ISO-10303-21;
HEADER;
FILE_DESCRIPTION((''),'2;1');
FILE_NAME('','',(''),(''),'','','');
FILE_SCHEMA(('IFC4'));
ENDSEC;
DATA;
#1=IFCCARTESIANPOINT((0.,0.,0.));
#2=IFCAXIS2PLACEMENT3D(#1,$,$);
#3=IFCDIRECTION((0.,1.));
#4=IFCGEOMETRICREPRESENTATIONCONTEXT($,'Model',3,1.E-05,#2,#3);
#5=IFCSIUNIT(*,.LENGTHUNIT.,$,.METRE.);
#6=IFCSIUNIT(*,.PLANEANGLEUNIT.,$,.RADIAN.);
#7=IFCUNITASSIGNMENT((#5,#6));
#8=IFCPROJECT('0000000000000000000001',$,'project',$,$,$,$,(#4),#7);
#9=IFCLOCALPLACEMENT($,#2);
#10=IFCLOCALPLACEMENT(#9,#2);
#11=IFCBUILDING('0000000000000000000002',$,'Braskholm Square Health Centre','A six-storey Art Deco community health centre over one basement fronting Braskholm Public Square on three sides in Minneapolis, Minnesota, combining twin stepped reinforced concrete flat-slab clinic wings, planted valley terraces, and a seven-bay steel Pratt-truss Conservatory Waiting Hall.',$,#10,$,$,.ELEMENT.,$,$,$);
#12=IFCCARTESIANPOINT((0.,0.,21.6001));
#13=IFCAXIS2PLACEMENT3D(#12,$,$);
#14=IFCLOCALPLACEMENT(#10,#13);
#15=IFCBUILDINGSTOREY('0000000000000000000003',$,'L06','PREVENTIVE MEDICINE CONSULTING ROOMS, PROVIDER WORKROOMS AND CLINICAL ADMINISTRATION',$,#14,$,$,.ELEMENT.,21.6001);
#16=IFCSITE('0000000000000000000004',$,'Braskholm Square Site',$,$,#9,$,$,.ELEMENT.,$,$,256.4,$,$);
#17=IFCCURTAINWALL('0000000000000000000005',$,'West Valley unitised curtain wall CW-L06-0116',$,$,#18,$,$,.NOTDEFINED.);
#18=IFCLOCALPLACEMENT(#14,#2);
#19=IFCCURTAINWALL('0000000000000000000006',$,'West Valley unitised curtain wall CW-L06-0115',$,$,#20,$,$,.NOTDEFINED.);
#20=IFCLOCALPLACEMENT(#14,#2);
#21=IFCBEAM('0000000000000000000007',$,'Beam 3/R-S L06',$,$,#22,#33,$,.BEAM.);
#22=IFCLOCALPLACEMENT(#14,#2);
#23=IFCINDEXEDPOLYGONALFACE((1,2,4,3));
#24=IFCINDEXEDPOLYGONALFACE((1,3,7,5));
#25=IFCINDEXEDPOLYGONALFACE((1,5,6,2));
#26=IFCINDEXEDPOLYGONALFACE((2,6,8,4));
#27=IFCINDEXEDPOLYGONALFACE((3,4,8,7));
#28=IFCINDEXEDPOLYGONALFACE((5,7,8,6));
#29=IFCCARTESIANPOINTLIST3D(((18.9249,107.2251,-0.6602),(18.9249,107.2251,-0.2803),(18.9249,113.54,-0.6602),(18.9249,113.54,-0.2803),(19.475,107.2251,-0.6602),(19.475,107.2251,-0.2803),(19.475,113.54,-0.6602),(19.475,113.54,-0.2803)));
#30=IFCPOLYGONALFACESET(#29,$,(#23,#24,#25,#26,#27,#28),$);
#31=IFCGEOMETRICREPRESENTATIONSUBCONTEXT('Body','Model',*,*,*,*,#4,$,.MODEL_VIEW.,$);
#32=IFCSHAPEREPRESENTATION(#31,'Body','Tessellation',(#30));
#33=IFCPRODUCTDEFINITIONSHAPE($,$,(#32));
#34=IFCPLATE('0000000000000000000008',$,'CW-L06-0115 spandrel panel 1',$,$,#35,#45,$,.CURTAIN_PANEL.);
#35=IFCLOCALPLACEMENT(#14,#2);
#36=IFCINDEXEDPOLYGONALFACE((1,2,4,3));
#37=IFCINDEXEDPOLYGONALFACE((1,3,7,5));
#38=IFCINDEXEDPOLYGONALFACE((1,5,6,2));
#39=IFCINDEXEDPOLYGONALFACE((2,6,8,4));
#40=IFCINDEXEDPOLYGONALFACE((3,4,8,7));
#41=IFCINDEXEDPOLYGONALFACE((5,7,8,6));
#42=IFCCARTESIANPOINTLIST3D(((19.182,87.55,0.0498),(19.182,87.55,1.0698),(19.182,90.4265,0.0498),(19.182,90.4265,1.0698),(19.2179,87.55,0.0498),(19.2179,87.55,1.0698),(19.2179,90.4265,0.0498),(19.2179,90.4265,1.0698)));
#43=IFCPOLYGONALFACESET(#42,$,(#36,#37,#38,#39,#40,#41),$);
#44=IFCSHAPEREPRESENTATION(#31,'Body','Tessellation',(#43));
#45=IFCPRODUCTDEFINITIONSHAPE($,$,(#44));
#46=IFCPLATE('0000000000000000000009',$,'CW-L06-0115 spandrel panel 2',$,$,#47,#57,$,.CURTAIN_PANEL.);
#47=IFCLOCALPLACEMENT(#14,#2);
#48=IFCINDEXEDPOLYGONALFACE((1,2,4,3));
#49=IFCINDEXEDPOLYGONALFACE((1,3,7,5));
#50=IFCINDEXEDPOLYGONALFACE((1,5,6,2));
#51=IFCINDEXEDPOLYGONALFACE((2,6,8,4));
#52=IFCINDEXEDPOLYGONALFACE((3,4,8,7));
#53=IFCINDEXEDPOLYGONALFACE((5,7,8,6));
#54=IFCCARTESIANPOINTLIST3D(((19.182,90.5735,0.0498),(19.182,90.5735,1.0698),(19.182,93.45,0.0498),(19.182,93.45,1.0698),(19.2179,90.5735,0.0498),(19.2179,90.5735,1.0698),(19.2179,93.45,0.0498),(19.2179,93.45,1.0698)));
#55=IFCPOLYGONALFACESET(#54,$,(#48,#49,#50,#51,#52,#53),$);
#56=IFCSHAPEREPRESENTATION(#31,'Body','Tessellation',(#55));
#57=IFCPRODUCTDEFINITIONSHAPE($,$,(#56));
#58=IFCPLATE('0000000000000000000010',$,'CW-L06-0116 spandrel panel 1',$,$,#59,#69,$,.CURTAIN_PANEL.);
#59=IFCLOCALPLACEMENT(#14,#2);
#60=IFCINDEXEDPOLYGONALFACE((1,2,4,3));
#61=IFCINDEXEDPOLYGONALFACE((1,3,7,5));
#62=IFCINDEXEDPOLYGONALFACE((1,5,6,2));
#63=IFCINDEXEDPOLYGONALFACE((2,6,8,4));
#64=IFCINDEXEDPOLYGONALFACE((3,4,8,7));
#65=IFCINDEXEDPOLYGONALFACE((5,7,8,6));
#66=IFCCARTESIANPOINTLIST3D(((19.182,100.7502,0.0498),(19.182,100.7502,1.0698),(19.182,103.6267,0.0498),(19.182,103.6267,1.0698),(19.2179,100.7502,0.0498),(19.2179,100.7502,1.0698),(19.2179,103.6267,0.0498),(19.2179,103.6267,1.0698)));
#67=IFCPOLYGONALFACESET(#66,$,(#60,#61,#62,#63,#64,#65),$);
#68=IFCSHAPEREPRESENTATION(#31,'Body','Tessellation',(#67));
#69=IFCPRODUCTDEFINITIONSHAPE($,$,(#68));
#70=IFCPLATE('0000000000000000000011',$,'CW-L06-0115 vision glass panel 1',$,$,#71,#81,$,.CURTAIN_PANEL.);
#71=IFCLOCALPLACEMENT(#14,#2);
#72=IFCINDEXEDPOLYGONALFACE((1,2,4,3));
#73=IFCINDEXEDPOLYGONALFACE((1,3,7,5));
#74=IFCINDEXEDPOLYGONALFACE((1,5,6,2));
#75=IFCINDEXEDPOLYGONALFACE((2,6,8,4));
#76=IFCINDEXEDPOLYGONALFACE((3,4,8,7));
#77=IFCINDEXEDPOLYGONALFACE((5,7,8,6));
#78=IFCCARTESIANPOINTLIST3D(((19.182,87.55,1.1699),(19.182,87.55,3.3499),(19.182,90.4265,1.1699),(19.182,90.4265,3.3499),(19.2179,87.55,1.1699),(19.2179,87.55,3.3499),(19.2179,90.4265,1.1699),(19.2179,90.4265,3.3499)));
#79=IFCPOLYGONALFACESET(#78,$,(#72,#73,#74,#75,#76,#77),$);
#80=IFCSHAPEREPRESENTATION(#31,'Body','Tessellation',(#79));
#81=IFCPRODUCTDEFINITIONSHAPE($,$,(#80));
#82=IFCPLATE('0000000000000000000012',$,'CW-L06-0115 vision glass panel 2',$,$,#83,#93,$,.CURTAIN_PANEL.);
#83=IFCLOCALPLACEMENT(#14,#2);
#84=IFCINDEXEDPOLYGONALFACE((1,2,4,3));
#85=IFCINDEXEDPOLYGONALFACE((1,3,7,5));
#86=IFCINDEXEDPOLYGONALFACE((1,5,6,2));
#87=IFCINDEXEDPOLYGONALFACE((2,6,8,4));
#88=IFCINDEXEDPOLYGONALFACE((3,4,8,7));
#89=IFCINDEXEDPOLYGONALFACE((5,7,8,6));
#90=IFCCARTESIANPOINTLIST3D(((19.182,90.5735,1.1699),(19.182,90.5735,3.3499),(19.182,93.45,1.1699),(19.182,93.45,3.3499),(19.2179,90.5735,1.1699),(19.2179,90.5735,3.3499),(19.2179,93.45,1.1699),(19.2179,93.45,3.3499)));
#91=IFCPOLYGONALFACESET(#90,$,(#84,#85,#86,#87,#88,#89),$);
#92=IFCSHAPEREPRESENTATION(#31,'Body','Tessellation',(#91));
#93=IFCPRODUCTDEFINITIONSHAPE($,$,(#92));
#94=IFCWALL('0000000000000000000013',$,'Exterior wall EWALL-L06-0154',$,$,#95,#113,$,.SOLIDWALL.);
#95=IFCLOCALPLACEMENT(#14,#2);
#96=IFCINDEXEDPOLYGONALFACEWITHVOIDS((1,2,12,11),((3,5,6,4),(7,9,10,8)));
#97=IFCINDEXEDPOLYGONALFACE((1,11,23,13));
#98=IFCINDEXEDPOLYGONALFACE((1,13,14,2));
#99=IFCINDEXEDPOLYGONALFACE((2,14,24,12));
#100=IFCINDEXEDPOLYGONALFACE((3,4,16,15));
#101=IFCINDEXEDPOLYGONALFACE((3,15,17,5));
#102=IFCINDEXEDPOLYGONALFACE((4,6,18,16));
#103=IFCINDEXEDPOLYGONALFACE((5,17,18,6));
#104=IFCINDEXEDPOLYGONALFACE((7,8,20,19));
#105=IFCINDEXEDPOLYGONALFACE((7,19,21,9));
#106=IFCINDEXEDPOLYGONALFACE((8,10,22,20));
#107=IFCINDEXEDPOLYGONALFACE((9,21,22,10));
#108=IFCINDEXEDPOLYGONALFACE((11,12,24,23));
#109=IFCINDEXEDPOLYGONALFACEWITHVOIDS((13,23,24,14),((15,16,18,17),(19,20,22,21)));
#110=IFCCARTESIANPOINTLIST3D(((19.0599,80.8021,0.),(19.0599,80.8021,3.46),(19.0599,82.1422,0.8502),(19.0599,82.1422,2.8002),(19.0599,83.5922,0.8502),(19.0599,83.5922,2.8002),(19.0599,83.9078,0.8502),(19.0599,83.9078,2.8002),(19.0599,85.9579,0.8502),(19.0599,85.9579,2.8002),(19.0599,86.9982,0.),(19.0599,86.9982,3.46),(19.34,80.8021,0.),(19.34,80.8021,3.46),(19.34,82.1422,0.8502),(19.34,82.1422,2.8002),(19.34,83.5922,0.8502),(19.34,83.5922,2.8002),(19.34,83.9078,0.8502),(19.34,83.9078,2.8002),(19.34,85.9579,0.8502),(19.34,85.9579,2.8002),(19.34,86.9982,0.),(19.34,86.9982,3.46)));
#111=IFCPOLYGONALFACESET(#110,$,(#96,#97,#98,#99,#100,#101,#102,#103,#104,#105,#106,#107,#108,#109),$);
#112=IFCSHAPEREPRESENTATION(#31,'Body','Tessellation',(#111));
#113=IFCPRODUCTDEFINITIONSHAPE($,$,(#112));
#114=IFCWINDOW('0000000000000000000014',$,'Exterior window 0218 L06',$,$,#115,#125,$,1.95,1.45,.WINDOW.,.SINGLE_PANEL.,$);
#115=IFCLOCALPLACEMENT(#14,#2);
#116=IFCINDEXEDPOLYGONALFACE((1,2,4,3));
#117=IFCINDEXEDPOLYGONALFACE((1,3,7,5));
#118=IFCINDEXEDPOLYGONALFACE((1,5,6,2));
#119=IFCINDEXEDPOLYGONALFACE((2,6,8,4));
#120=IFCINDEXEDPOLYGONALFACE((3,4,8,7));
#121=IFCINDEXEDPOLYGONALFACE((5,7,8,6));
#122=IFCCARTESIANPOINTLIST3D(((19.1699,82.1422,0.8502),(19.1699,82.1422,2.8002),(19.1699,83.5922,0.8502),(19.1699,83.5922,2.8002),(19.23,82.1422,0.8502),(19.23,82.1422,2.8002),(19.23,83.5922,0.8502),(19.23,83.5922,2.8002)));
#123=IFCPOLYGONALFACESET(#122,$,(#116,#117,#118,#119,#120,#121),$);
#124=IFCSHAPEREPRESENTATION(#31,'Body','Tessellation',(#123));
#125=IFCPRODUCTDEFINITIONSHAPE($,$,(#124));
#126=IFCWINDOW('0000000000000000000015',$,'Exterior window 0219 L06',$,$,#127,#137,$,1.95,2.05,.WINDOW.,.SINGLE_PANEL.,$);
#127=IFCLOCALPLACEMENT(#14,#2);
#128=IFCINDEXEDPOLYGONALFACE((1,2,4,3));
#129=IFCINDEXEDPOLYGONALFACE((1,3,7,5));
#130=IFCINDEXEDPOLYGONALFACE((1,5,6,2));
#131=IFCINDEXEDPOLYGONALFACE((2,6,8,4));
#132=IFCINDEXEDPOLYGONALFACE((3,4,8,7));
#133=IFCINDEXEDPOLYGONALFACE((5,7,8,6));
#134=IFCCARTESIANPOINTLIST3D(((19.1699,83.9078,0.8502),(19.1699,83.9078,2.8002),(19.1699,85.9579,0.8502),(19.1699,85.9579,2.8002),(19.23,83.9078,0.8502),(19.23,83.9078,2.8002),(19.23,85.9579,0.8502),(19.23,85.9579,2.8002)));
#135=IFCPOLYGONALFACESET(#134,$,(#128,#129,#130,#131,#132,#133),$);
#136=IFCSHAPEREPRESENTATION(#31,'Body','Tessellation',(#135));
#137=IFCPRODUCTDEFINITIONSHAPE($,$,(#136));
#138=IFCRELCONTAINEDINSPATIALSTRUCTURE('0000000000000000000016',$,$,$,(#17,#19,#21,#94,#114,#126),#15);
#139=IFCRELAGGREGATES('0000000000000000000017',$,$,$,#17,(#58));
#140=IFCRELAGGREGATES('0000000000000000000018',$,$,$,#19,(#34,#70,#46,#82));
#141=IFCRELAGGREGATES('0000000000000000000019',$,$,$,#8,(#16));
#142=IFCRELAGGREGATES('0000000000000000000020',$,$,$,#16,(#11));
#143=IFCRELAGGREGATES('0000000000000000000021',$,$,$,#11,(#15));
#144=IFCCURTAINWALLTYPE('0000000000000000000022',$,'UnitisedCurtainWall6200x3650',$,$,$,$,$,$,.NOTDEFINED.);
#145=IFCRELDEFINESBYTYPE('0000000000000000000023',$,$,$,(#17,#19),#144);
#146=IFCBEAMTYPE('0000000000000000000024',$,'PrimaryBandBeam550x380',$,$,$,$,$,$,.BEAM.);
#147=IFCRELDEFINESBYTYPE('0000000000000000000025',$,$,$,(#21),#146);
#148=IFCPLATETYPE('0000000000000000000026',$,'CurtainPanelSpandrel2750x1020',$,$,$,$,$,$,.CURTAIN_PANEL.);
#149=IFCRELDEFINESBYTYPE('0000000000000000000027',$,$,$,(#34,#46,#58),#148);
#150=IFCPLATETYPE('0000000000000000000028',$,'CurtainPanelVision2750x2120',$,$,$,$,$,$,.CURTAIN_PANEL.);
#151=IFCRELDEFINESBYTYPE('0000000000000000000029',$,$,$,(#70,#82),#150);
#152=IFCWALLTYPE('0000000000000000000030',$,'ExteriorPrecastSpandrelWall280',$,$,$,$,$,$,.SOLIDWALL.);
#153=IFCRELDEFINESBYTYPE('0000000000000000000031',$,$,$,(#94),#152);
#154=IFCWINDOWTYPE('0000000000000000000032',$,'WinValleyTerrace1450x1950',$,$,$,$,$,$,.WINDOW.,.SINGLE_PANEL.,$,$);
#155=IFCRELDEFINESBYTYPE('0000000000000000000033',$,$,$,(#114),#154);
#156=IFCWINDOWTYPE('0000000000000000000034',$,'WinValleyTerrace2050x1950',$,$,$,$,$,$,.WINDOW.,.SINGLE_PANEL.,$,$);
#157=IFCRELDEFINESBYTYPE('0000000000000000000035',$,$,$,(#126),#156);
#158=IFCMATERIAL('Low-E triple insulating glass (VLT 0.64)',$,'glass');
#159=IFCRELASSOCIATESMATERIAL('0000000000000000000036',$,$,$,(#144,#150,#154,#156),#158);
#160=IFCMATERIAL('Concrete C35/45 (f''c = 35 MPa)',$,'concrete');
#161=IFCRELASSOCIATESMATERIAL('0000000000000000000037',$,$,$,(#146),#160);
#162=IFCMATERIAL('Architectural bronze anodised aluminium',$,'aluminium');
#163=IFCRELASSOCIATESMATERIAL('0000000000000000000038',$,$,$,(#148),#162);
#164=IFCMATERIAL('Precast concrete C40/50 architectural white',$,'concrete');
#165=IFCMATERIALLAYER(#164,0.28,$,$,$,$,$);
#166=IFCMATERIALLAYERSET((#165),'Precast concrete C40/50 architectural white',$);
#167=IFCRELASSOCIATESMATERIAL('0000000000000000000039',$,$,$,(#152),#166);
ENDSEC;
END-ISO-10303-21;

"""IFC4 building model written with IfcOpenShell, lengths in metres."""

from ifc_helpers import new_model, si_unit, direction, frame, frame_2d, origin, origin_with_axes, origin_2d, place, context, subcontext, project, spatial, rectangle, extrude, material, layer, layer_set, material_profile, profile_set, type_object, element, fill, aggregate, save


model = new_model("IFC4")

# Units and contexts
model_context = context("Model", 3, precision=1e-05, world=origin(), true_north=direction((0.0, 1.0)))
body_context = subcontext(model_context, "Body", "Model", "MODEL_VIEW")
ifc_project = project(units=[si_unit("LENGTHUNIT", "METRE"), si_unit("PLANEANGLEUNIT", "RADIAN")], contexts=[model_context])

# Site, building, storey
site_placement = place(None, origin())
site = spatial("IfcSite", under=ifc_project, at=site_placement, Name="Braskholm Square Site", CompositionType="ELEMENT", RefElevation=256.4)
building_placement = place(site_placement, origin())
building = spatial("IfcBuilding", under=site, at=building_placement, Name="Braskholm Square Health Centre", Description="A six-storey Art Deco community health centre over one basement fronting Braskholm Public Square on three sides in Minneapolis, Minnesota, combining twin stepped reinforced concrete flat-slab clinic wings, planted valley terraces, and a seven-bay steel Pratt-truss Conservatory Waiting Hall.", CompositionType="ELEMENT")
storey_placement = place(building_placement, frame((0.0, 0.0, 21.6001)))
storey = spatial("IfcBuildingStorey", under=building, at=storey_placement, Name="L06", Description="PREVENTIVE MEDICINE CONSULTING ROOMS, PROVIDER WORKROOMS AND CLINICAL ADMINISTRATION", CompositionType="ELEMENT", Elevation=21.6001)

# Curtain walls
ifc_material_1 = material(Name="Low-E triple insulating glass (VLT 0.64)", Category="glass")
curtain_wall_type = type_object("IfcCurtainWallType", Name="UnitisedCurtainWall6200x3650", PredefinedType="NOTDEFINED", material=ifc_material_1)
curtain_wall_1_placement = place(storey_placement, origin())
curtain_wall_1 = element("IfcCurtainWall", 1, at=curtain_wall_1_placement, inside=storey, type_object=curtain_wall_type, Name="West Valley unitised curtain wall CW-L06-0116", PredefinedType="NOTDEFINED")
ifc_material_2 = material(Name="Architectural bronze anodised aluminium", Category="aluminium")
curtain_wall_2_placement = place(storey_placement, origin())
curtain_wall_2 = element("IfcCurtainWall", 2, at=curtain_wall_2_placement, inside=storey, type_object=curtain_wall_type, Name="West Valley unitised curtain wall CW-L06-0115", PredefinedType="NOTDEFINED")

# Beam
ifc_material_3 = material(Name="Concrete C35/45 (f'c = 35 MPa)", Category="concrete")
ifc_material_profile_1 = material_profile(ifc_material_3, rectangle(XDim=0.55, YDim=0.3799, at=origin_2d()), Name="RCB-550X380")
ifc_profile_set_1 = profile_set([ifc_material_profile_1], Name="Concrete C35/45 (f'c = 35 MPa)")
beam_type = type_object("IfcBeamType", Name="PrimaryBandBeam550x380", PredefinedType="BEAM", material=ifc_profile_set_1)
beam_1_placement = place(storey_placement, frame((19.2, 107.2251, -0.4702), z_axis=(0.0, 1.0, 0.0), x_axis=(-1.0, 0.0, 0.0)))
element("IfcBeam", 3, at=beam_1_placement, inside=storey, type_object=beam_type, Name="Beam 3/R-S L06", PredefinedType="BEAM", context=body_context, shape_type="SweptSolid", body=[
    extrude(rectangle(XDim=0.55, YDim=0.3799, at=origin_2d()), origin(), (0.0, 0.0, 1.0), 6.3149),
])

# Plates
plate_type_1 = type_object("IfcPlateType", Name="CurtainPanelSpandrel2750x1020", PredefinedType="CURTAIN_PANEL", material=ifc_material_2)
plate_1_placement = place(storey_placement, frame((19.2, 88.9883, 0.0498), z_axis=(0.0, 0.0, 1.0), x_axis=(0.0, 1.0, 0.0)))
plate_1 = element("IfcPlate", 4, at=plate_1_placement, type_object=plate_type_1, Name="CW-L06-0115 spandrel panel 1", PredefinedType="CURTAIN_PANEL", context=body_context, shape_type="SweptSolid", body=[
    extrude(rectangle(XDim=2.8765, YDim=0.0359, at=origin_2d()), origin(), (0.0, 0.0, 1.0), 1.02),
])
plate_2_placement = place(storey_placement, frame((19.2, 92.0117, 0.0498), z_axis=(0.0, 0.0, 1.0), x_axis=(0.0, 1.0, 0.0)))
plate_2 = element("IfcPlate", 5, at=plate_2_placement, type_object=plate_type_1, Name="CW-L06-0115 spandrel panel 2", PredefinedType="CURTAIN_PANEL", context=body_context, shape_type="SweptSolid", body=[
    extrude(rectangle(XDim=2.8765, YDim=0.0359, at=origin_2d()), origin(), (0.0, 0.0, 1.0), 1.02),
])
plate_3_placement = place(storey_placement, frame((19.2, 102.1885, 0.0498), z_axis=(0.0, 0.0, 1.0), x_axis=(0.0, 1.0, 0.0)))
plate_3 = element("IfcPlate", 6, at=plate_3_placement, type_object=plate_type_1, Name="CW-L06-0116 spandrel panel 1", PredefinedType="CURTAIN_PANEL", context=body_context, shape_type="SweptSolid", body=[
    extrude(rectangle(XDim=2.8765, YDim=0.0359, at=origin_2d()), origin(), (0.0, 0.0, 1.0), 1.02),
])
aggregate(curtain_wall_1, [plate_3])
plate_type_2 = type_object("IfcPlateType", Name="CurtainPanelVision2750x2120", PredefinedType="CURTAIN_PANEL", material=ifc_material_1)
plate_4_placement = place(storey_placement, frame((19.2, 88.9883, 1.1699), z_axis=(0.0, 0.0, 1.0), x_axis=(0.0, 1.0, 0.0)))
plate_4 = element("IfcPlate", 7, at=plate_4_placement, type_object=plate_type_2, Name="CW-L06-0115 vision glass panel 1", PredefinedType="CURTAIN_PANEL", context=body_context, shape_type="SweptSolid", body=[
    extrude(rectangle(XDim=2.8765, YDim=0.0359, at=origin_2d()), origin(), (0.0, 0.0, 1.0), 2.1799),
])
plate_5_placement = place(storey_placement, frame((19.2, 92.0117, 1.1699), z_axis=(0.0, 0.0, 1.0), x_axis=(0.0, 1.0, 0.0)))
plate_5 = element("IfcPlate", 8, at=plate_5_placement, type_object=plate_type_2, Name="CW-L06-0115 vision glass panel 2", PredefinedType="CURTAIN_PANEL", context=body_context, shape_type="SweptSolid", body=[
    extrude(rectangle(XDim=2.8765, YDim=0.0359, at=origin_2d()), origin(), (0.0, 0.0, 1.0), 2.1799),
])
aggregate(curtain_wall_2, [plate_1, plate_4, plate_2, plate_5])

# Wall, openings, windows
ifc_material_4 = material(Name="Precast concrete C40/50 architectural white", Category="concrete")
ifc_layer_1 = layer(ifc_material_4, 0.28)
ifc_layer_set_1 = layer_set([ifc_layer_1], Name="Precast concrete C40/50 architectural white")
wall_type = type_object("IfcWallType", Name="ExteriorPrecastSpandrelWall280", PredefinedType="SOLIDWALL", material=ifc_layer_set_1)
wall_1_placement = place(storey_placement, frame((19.2, 80.802, 0.0), z_axis=(0.0, 0.0, 1.0), x_axis=(0.0, 1.0, 0.0)))
wall_1 = element("IfcWall", 9, at=wall_1_placement, inside=storey, type_object=wall_type, Name="Exterior wall EWALL-L06-0154", PredefinedType="SOLIDWALL", context=body_context, shape_type="SweptSolid", body=[
    extrude(rectangle(XDim=6.196, YDim=0.28, at=frame_2d((3.0981, 0.0))), origin(), (0.0, 0.0, 1.0), 3.46),
])
opening_1_placement = place(wall_1_placement, frame((1.3401, 0.0, 0.8501)))
opening_1 = element("IfcOpeningElement", 10, at=opening_1_placement, cuts=wall_1, PredefinedType="OPENING", context=body_context, shape_type="SweptSolid", body=[
    extrude(rectangle(XDim=1.45, YDim=1.95, at=frame_2d((0.7251, 0.9751))), frame((0.0, 0.1499, 0.0), z_axis=(0.0, -1.0, 0.0), x_axis=(1.0, 0.0, 0.0)), (0.0, 0.0, 1.0), 0.3),
])
opening_2_placement = place(wall_1_placement, frame((3.106, 0.0, 0.8501)))
opening_2 = element("IfcOpeningElement", 11, at=opening_2_placement, cuts=wall_1, PredefinedType="OPENING", context=body_context, shape_type="SweptSolid", body=[
    extrude(rectangle(XDim=2.05, YDim=1.95, at=frame_2d((1.0249, 0.9751))), frame((0.0, 0.1499, 0.0), z_axis=(0.0, -1.0, 0.0), x_axis=(1.0, 0.0, 0.0)), (0.0, 0.0, 1.0), 0.3),
])
window_type_1 = type_object("IfcWindowType", Name="WinValleyTerrace1450x1950", PartitioningType="SINGLE_PANEL", PredefinedType="WINDOW", material=ifc_material_1)
window_1_placement = place(opening_1_placement, origin_with_axes())
window_1 = element("IfcWindow", 12, at=window_1_placement, inside=storey, type_object=window_type_1, Name="Exterior window 0218 L06", OverallHeight=1.95, OverallWidth=1.45, PartitioningType="SINGLE_PANEL", PredefinedType="WINDOW", context=body_context, shape_type="SweptSolid", body=[
    extrude(rectangle(XDim=1.45, YDim=1.95, at=frame_2d((0.7251, 0.9751))), frame((0.0, 0.03, 0.0), z_axis=(0.0, -1.0, 0.0), x_axis=(1.0, 0.0, 0.0)), (0.0, 0.0, 1.0), 0.0601),
])
fill(opening_1, window_1)
window_type_2 = type_object("IfcWindowType", Name="WinValleyTerrace2050x1950", PartitioningType="SINGLE_PANEL", PredefinedType="WINDOW", material=ifc_material_1)
window_2_placement = place(opening_2_placement, origin_with_axes())
window_2 = element("IfcWindow", 13, at=window_2_placement, inside=storey, type_object=window_type_2, Name="Exterior window 0219 L06", OverallHeight=1.95, OverallWidth=2.05, PartitioningType="SINGLE_PANEL", PredefinedType="WINDOW", context=body_context, shape_type="SweptSolid", body=[
    extrude(rectangle(XDim=2.05, YDim=1.95, at=frame_2d((1.0249, 0.9751))), frame((0.0, 0.03, 0.0), z_axis=(0.0, -1.0, 0.0), x_axis=(1.0, 0.0, 0.0)), (0.0, 0.0, 1.0), 0.0601),
])
fill(opening_2, window_2)

save(model, "model.ifc")
